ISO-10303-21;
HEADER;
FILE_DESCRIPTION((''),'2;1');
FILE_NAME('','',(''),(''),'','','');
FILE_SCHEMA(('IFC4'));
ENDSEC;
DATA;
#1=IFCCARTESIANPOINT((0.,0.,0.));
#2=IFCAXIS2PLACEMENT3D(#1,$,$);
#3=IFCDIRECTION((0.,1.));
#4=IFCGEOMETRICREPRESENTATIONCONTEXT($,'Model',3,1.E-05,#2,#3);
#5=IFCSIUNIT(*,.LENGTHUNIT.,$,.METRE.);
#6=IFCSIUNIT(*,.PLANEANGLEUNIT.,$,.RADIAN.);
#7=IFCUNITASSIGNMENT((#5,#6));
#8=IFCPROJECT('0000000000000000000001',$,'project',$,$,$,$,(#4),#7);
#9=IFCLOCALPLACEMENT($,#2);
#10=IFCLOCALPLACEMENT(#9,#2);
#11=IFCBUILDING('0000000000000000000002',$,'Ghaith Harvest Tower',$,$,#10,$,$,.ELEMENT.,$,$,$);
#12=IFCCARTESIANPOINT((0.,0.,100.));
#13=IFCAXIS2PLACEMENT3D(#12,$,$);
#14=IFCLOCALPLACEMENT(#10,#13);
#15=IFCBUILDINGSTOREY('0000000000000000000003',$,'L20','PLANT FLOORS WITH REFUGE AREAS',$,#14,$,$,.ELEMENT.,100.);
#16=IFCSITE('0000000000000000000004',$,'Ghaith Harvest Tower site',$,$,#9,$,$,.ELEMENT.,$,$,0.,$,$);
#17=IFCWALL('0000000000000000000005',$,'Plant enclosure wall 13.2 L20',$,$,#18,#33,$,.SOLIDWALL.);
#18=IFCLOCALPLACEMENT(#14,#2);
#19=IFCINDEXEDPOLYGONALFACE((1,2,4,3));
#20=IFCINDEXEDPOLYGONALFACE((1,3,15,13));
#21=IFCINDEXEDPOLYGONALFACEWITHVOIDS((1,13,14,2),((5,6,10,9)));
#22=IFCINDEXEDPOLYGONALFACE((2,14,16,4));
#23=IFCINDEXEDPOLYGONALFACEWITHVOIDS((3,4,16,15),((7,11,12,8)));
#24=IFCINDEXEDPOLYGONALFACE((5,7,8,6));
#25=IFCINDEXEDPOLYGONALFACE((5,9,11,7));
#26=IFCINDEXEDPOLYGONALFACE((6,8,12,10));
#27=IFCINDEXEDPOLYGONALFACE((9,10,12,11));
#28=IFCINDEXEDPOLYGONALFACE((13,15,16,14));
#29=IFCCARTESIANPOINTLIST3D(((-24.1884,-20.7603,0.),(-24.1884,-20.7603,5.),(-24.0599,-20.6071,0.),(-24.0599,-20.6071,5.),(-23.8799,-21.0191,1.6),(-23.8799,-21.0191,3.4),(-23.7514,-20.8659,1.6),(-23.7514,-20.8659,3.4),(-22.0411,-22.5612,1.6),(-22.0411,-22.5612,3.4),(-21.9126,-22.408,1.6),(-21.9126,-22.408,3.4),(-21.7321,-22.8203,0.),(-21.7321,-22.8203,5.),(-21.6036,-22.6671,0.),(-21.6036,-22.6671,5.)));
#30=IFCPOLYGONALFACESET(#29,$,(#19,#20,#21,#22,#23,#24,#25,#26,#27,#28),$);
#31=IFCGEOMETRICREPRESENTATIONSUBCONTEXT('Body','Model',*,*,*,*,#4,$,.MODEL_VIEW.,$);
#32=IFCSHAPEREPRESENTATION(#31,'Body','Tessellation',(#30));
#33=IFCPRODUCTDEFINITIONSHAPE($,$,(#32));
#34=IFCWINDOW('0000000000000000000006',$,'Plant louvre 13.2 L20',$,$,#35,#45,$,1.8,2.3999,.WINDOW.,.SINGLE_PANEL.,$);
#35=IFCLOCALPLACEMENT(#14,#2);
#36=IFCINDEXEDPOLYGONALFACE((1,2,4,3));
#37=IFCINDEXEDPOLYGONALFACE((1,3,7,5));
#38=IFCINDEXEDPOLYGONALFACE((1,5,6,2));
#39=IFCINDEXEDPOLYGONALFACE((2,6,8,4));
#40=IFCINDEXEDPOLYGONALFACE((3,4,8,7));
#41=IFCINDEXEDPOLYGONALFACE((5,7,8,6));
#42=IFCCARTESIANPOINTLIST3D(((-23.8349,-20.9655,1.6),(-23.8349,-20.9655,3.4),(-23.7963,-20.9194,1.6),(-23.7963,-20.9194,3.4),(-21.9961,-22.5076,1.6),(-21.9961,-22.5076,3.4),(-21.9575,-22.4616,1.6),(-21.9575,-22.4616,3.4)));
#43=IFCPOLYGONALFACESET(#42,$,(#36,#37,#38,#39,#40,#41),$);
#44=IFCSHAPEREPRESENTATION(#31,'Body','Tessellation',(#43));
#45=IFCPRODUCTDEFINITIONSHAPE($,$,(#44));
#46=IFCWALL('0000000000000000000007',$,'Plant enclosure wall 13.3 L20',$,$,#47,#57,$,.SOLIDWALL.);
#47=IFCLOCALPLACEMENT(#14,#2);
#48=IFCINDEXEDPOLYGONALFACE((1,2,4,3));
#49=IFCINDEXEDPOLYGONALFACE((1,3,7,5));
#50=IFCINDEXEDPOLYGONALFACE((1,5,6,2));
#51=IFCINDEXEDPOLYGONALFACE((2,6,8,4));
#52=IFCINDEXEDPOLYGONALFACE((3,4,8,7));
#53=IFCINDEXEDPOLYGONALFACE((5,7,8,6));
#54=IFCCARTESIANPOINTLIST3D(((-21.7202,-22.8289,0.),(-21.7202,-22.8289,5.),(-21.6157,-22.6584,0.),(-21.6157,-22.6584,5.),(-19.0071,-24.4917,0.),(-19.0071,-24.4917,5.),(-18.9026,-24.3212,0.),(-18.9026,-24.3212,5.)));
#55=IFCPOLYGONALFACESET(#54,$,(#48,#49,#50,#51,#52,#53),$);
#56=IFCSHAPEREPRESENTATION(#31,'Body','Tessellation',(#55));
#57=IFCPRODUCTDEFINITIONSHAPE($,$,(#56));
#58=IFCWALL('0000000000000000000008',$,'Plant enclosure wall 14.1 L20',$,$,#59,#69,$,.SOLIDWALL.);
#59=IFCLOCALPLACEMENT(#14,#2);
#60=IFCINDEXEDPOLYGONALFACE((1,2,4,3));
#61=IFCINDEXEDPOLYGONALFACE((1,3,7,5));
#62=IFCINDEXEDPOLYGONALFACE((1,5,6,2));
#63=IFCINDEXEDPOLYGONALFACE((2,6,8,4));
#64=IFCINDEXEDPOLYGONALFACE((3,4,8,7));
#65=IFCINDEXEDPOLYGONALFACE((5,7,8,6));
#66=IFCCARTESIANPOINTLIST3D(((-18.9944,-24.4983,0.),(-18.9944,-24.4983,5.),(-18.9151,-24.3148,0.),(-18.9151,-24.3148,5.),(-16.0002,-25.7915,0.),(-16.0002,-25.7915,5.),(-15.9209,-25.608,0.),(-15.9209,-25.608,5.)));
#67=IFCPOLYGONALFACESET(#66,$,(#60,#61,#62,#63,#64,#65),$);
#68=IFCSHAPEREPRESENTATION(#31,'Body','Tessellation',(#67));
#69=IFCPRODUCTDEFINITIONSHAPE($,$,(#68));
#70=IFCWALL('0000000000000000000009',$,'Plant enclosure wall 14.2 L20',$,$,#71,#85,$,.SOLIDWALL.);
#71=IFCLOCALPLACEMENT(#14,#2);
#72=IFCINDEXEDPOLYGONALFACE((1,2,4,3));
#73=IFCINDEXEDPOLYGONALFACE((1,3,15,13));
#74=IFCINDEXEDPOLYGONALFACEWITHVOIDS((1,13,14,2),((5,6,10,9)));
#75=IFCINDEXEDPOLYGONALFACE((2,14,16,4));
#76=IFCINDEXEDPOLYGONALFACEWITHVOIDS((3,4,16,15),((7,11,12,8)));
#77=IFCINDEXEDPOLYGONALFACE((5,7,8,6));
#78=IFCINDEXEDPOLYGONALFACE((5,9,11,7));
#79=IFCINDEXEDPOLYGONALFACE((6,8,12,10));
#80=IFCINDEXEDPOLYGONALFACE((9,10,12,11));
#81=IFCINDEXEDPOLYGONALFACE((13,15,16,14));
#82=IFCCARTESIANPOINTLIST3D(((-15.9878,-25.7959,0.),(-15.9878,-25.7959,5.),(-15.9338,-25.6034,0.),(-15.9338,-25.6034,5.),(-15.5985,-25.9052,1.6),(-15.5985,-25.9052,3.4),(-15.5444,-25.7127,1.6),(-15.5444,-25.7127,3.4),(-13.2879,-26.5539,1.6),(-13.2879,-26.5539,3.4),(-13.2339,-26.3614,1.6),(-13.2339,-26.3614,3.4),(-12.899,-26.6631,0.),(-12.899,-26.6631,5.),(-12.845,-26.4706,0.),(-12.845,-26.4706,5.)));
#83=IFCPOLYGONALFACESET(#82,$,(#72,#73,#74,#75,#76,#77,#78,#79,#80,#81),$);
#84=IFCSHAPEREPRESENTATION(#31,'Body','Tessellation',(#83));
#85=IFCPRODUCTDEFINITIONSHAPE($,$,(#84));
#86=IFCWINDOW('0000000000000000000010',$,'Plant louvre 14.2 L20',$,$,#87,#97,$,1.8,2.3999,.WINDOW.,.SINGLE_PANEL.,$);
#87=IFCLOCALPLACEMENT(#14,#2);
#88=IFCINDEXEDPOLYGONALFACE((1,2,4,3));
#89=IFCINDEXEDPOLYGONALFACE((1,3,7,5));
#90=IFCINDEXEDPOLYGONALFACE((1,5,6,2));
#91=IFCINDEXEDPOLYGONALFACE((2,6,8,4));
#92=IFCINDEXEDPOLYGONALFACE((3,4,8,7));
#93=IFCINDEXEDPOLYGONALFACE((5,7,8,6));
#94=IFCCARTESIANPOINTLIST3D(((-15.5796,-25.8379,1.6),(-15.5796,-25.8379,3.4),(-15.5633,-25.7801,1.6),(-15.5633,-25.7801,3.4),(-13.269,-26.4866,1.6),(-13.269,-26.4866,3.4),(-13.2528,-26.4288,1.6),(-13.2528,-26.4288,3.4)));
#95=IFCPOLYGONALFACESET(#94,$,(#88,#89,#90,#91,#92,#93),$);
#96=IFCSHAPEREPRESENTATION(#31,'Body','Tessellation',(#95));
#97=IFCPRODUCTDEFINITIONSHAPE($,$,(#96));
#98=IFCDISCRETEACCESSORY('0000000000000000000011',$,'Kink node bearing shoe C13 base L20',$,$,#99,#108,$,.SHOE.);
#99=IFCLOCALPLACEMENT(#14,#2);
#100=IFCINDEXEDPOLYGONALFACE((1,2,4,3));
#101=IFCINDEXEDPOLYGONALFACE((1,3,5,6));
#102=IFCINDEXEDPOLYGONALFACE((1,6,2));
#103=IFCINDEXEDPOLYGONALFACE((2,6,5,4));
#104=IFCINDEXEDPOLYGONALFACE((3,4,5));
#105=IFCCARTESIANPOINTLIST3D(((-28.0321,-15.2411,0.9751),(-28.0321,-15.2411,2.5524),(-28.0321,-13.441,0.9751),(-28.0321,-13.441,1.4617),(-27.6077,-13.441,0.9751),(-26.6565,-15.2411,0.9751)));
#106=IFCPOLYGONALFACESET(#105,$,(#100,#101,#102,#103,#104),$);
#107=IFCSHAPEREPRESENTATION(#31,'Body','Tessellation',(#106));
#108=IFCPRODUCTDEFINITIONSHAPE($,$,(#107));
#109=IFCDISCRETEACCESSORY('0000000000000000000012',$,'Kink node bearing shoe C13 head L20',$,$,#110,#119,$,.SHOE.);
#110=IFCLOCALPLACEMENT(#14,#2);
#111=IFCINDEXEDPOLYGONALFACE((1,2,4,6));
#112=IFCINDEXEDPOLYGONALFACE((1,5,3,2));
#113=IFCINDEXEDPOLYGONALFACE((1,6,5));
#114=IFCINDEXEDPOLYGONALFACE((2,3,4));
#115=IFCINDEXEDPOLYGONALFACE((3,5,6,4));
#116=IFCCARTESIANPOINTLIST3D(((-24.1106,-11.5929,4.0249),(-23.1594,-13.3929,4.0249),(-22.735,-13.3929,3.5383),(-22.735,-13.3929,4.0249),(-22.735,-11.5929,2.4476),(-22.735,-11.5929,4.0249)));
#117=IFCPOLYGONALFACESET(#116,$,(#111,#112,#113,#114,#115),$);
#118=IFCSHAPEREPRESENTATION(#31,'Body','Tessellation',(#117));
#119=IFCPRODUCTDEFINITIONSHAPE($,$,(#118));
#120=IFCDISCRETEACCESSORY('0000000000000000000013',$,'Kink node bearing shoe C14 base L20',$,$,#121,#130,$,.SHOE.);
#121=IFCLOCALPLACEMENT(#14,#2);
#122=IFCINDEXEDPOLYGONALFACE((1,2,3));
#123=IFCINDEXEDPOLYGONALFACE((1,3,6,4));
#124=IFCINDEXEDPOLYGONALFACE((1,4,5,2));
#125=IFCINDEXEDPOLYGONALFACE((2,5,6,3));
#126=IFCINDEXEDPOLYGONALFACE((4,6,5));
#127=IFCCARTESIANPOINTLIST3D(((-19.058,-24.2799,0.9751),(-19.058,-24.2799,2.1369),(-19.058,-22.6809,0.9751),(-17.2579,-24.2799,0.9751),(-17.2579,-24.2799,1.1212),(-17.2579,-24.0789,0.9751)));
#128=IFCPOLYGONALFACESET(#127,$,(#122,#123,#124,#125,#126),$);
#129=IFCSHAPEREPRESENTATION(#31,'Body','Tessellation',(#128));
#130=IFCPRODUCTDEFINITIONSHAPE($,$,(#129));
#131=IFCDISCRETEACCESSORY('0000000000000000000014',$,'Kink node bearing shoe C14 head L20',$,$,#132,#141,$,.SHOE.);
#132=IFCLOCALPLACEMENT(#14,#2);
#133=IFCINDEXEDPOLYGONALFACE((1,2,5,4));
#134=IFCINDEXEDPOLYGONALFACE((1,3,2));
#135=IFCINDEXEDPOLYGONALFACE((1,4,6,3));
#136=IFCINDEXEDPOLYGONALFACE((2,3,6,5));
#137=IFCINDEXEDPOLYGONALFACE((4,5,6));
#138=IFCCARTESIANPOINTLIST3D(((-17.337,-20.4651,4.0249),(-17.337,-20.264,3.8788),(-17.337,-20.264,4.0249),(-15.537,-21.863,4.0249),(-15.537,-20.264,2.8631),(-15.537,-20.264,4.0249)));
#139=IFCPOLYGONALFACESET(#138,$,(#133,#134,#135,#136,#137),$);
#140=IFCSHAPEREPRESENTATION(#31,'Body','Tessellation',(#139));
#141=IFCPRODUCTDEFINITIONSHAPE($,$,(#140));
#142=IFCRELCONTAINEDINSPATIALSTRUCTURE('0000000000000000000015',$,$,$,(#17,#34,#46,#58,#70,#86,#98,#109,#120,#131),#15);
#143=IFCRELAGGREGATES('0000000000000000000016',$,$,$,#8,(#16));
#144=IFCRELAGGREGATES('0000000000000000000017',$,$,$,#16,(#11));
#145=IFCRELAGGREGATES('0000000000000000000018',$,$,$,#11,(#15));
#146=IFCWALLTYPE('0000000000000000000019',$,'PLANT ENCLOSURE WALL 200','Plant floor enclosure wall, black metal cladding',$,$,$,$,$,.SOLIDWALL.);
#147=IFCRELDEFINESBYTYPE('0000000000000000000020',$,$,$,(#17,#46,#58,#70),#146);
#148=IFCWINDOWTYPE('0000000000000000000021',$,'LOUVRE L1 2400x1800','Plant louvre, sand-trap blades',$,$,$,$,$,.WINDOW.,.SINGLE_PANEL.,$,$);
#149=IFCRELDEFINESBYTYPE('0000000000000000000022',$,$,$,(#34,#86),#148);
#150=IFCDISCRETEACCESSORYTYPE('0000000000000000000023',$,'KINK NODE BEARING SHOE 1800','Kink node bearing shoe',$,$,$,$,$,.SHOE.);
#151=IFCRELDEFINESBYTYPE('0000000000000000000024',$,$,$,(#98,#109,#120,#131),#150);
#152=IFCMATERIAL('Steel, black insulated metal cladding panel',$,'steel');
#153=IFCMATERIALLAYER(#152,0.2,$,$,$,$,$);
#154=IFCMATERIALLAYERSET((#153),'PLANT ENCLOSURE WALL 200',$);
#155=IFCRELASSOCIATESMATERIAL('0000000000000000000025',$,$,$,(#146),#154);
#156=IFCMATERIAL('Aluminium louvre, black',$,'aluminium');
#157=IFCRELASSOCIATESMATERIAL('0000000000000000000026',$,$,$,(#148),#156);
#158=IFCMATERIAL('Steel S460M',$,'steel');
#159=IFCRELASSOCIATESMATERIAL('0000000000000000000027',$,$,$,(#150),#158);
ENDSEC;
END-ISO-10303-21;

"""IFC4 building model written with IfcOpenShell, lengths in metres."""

from ifc_helpers import new_model, si_unit, direction, frame, frame_2d, origin, origin_2d, place, context, subcontext, project, spatial, rectangle, extrude, clip, halfspace, material, layer, layer_set, material_profile, profile_set, type_object, element, fill, save


model = new_model("IFC4")

# Units and contexts
model_context = context("Model", 3, precision=1e-05, world=origin(), true_north=direction((0.0, 1.0)))
body_context = subcontext(model_context, "Body", "Model", "MODEL_VIEW")
ifc_project = project(units=[si_unit("LENGTHUNIT", "METRE"), si_unit("PLANEANGLEUNIT", "RADIAN")], contexts=[model_context])

# Site, building, storey
site_placement = place(None, origin())
site = spatial("IfcSite", under=ifc_project, at=site_placement, Name="Ghaith Harvest Tower site", CompositionType="ELEMENT", RefElevation=0.0)
building_placement = place(site_placement, origin())
building = spatial("IfcBuilding", under=site, at=building_placement, Name="Ghaith Harvest Tower", CompositionType="ELEMENT")
storey_placement = place(building_placement, frame((0.0, 0.0, 100.0)))
storey = spatial("IfcBuildingStorey", under=building, at=storey_placement, Name="L20", Description="PLANT FLOORS WITH REFUGE AREAS", CompositionType="ELEMENT", Elevation=100.0)

# Shared definitions
ifc_material_1 = material(Name="Steel, black insulated metal cladding panel", Category="steel")
ifc_layer_1 = layer(ifc_material_1, 0.2)
ifc_layer_set_1 = layer_set([ifc_layer_1], Name="PLANT ENCLOSURE WALL 200")
wall_type = type_object("IfcWallType", Name="PLANT ENCLOSURE WALL 200", Description="Plant floor enclosure wall, black metal cladding", PredefinedType="SOLIDWALL", material=ifc_layer_set_1)

# Wall, opening, window
ifc_material_2 = material(Name="Aluminium louvre, black", Category="aluminium")
window_type_1 = type_object("IfcWindowType", Name="LOUVRE L1 2400x1800", Description="Plant louvre, sand-trap blades", PartitioningType="SINGLE_PANEL", PredefinedType="WINDOW", material=ifc_material_2)
wall_1_placement = place(storey_placement, frame((-24.1243, -20.6836, 0.0), z_axis=(0.0, 0.0, 1.0), x_axis=(0.766201, -0.642601, 0.0)))
wall_1 = element("IfcWall", 1, at=wall_1_placement, inside=storey, type_object=wall_type, Name="Plant enclosure wall 13.2 L20", PredefinedType="SOLIDWALL", context=body_context, shape_type="SweptSolid", body=[
    extrude(rectangle(XDim=3.2058, YDim=0.2, at=frame_2d((1.603, 0.0))), origin(), (0.0, 0.0, 1.0), 5.0),
])
opening_1_placement = place(wall_1_placement, frame((0.4028, 0.0, 1.6001)))
opening_1 = element("IfcOpeningElement", 2, at=opening_1_placement, cuts=wall_1, PredefinedType="OPENING", context=body_context, shape_type="SweptSolid", body=[
    extrude(rectangle(XDim=2.3999, YDim=1.8, at=frame_2d((1.2, 0.8999))), frame((0.0, 0.1099, 0.0), z_axis=(0.0, -1.0, 0.0), x_axis=(1.0, 0.0, 0.0)), (0.0, 0.0, 1.0), 0.22),
])
window_1_placement = place(opening_1_placement, origin())
window_1 = element("IfcWindow", 3, at=window_1_placement, inside=storey, type_object=window_type_1, Name="Plant louvre 13.2 L20", OverallHeight=1.8, OverallWidth=2.3999, PartitioningType="SINGLE_PANEL", PredefinedType="WINDOW", context=body_context, shape_type="SweptSolid", body=[
    extrude(rectangle(XDim=2.3999, YDim=1.8, at=frame_2d((1.2, 0.8999))), frame((0.0, 0.03, 0.0), z_axis=(0.0, -1.0, 0.0), x_axis=(1.0, 0.0, 0.0)), (0.0, 0.0, 1.0), 0.0601),
])
fill(opening_1, window_1)

# Walls
wall_2_placement = place(storey_placement, frame((-21.668, -22.7437, 0.0), z_axis=(0.0, 0.0, 1.0), x_axis=(0.852608, -0.522551, 0.0)))
element("IfcWall", 4, at=wall_2_placement, inside=storey, type_object=wall_type, Name="Plant enclosure wall 13.3 L20", PredefinedType="SOLIDWALL", context=body_context, shape_type="SweptSolid", body=[
    extrude(rectangle(XDim=3.1821, YDim=0.2, at=frame_2d((1.5911, 0.0))), origin(), (0.0, 0.0, 1.0), 5.0),
])
wall_3_placement = place(storey_placement, frame((-18.9548, -24.4065, 0.0), z_axis=(0.0, 0.0, 1.0), x_axis=(0.91803, -0.396511, 0.0)))
element("IfcWall", 5, at=wall_3_placement, inside=storey, type_object=wall_type, Name="Plant enclosure wall 14.1 L20", PredefinedType="SOLIDWALL", context=body_context, shape_type="SweptSolid", body=[
    extrude(rectangle(XDim=3.2615, YDim=0.2, at=frame_2d((1.6309, 0.0))), origin(), (0.0, 0.0, 1.0), 5.0),
])

# Wall, opening, window
wall_4_placement = place(storey_placement, frame((-15.9607, -25.6997, 0.0), z_axis=(0.0, 0.0, 1.0), x_axis=(0.962777, -0.270296, 0.0)))
wall_4 = element("IfcWall", 6, at=wall_4_placement, inside=storey, type_object=wall_type, Name="Plant enclosure wall 14.2 L20", PredefinedType="SOLIDWALL", context=body_context, shape_type="SweptSolid", body=[
    extrude(rectangle(XDim=3.2083, YDim=0.2, at=frame_2d((1.604, 0.0))), origin(), (0.0, 0.0, 1.0), 5.0),
])
opening_2_placement = place(wall_4_placement, frame((0.4043, 0.0, 1.6001)))
opening_2 = element("IfcOpeningElement", 7, at=opening_2_placement, cuts=wall_4, PredefinedType="OPENING", context=body_context, shape_type="SweptSolid", body=[
    extrude(rectangle(XDim=2.3999, YDim=1.8, at=frame_2d((1.2, 0.8999))), frame((0.0, 0.1099, 0.0), z_axis=(0.0, -1.0, 0.0), x_axis=(1.0, 0.0, 0.0)), (0.0, 0.0, 1.0), 0.22),
])
window_2_placement = place(opening_2_placement, origin())
window_2 = element("IfcWindow", 8, at=window_2_placement, inside=storey, type_object=window_type_1, Name="Plant louvre 14.2 L20", OverallHeight=1.8, OverallWidth=2.3999, PartitioningType="SINGLE_PANEL", PredefinedType="WINDOW", context=body_context, shape_type="SweptSolid", body=[
    extrude(rectangle(XDim=2.3999, YDim=1.8, at=frame_2d((1.2, 0.8999))), frame((0.0, 0.03, 0.0), z_axis=(0.0, -1.0, 0.0), x_axis=(1.0, 0.0, 0.0)), (0.0, 0.0, 1.0), 0.0601),
])
fill(opening_2, window_2)

# Discrete accessories
ifc_material_3 = material(Name="Steel S460M", Category="steel")
ifc_material_profile_1 = material_profile(ifc_material_3, rectangle(XDim=1.8, YDim=1.8, at=origin_2d()), Name="KINK NODE BEARING SHOE 1800")
ifc_profile_set_1 = profile_set([ifc_material_profile_1], Name="Steel S460M")
discrete_accessory_type = type_object("IfcDiscreteAccessoryType", Name="KINK NODE BEARING SHOE 1800", Description="Kink node bearing shoe", PredefinedType="SHOE", material=ifc_profile_set_1)
discrete_accessory_1_placement = place(storey_placement, frame((-27.1321, -14.3411, 0.9751), z_axis=(0.0, 0.0, 1.0), x_axis=(1.0, 0.0, 0.0)))
element("IfcDiscreteAccessory", 9, at=discrete_accessory_1_placement, inside=storey, type_object=discrete_accessory_type, Name="Kink node bearing shoe C13 base L20", PredefinedType="SHOE", context=body_context, shape_type="Clipping", body=[
    clip(extrude(rectangle(XDim=1.8, YDim=1.8, at=origin_2d()), origin(), (0.0, 0.0, 1.0), 1.5872), halfspace(frame((0.0, 0.0, 0.0), z_axis=(0.700148, 0.369995, 0.610652), x_axis=(1.0, 0.0, 0.0)), False)),
])
discrete_accessory_2_placement = place(storey_placement, frame((-23.635, -12.4929, 2.4377), z_axis=(0.0, 0.0, 1.0), x_axis=(1.0, 0.0, 0.0)))
element("IfcDiscreteAccessory", 10, at=discrete_accessory_2_placement, inside=storey, type_object=discrete_accessory_type, Name="Kink node bearing shoe C13 head L20", PredefinedType="SHOE", context=body_context, shape_type="Clipping", body=[
    clip(extrude(rectangle(XDim=1.8, YDim=1.8, at=origin_2d()), origin(), (0.0, 0.0, 1.0), 1.5872), halfspace(frame((0.0, 0.0, 1.5872), z_axis=(-0.700148, -0.369995, -0.610652), x_axis=(1.0, 0.0, 0.0)), False)),
])
discrete_accessory_3_placement = place(storey_placement, frame((-18.158, -23.3799, 0.9751), z_axis=(0.0, 0.0, 1.0), x_axis=(1.0, 0.0, 0.0)))
element("IfcDiscreteAccessory", 11, at=discrete_accessory_3_placement, inside=storey, type_object=discrete_accessory_type, Name="Kink node bearing shoe C14 base L20", PredefinedType="SHOE", context=body_context, shape_type="Clipping", body=[
    clip(extrude(rectangle(XDim=1.8, YDim=1.8, at=origin_2d()), origin(), (0.0, 0.0, 1.0), 1.1716), halfspace(frame((0.0, 0.0, 0.0), z_axis=(0.415272, 0.534714, 0.735955), x_axis=(1.0, 0.0, 0.0)), False)),
])
discrete_accessory_4_placement = place(storey_placement, frame((-16.437, -21.1641, 2.8533), z_axis=(0.0, 0.0, 1.0), x_axis=(1.0, 0.0, 0.0)))
element("IfcDiscreteAccessory", 12, at=discrete_accessory_4_placement, inside=storey, type_object=discrete_accessory_type, Name="Kink node bearing shoe C14 head L20", PredefinedType="SHOE", context=body_context, shape_type="Clipping", body=[
    clip(extrude(rectangle(XDim=1.8, YDim=1.8, at=origin_2d()), origin(), (0.0, 0.0, 1.0), 1.1716), halfspace(frame((0.0, 0.0, 1.1716), z_axis=(-0.415272, -0.534714, -0.735955), x_axis=(1.0, 0.0, 0.0)), False)),
])

save(model, "model.ifc")
